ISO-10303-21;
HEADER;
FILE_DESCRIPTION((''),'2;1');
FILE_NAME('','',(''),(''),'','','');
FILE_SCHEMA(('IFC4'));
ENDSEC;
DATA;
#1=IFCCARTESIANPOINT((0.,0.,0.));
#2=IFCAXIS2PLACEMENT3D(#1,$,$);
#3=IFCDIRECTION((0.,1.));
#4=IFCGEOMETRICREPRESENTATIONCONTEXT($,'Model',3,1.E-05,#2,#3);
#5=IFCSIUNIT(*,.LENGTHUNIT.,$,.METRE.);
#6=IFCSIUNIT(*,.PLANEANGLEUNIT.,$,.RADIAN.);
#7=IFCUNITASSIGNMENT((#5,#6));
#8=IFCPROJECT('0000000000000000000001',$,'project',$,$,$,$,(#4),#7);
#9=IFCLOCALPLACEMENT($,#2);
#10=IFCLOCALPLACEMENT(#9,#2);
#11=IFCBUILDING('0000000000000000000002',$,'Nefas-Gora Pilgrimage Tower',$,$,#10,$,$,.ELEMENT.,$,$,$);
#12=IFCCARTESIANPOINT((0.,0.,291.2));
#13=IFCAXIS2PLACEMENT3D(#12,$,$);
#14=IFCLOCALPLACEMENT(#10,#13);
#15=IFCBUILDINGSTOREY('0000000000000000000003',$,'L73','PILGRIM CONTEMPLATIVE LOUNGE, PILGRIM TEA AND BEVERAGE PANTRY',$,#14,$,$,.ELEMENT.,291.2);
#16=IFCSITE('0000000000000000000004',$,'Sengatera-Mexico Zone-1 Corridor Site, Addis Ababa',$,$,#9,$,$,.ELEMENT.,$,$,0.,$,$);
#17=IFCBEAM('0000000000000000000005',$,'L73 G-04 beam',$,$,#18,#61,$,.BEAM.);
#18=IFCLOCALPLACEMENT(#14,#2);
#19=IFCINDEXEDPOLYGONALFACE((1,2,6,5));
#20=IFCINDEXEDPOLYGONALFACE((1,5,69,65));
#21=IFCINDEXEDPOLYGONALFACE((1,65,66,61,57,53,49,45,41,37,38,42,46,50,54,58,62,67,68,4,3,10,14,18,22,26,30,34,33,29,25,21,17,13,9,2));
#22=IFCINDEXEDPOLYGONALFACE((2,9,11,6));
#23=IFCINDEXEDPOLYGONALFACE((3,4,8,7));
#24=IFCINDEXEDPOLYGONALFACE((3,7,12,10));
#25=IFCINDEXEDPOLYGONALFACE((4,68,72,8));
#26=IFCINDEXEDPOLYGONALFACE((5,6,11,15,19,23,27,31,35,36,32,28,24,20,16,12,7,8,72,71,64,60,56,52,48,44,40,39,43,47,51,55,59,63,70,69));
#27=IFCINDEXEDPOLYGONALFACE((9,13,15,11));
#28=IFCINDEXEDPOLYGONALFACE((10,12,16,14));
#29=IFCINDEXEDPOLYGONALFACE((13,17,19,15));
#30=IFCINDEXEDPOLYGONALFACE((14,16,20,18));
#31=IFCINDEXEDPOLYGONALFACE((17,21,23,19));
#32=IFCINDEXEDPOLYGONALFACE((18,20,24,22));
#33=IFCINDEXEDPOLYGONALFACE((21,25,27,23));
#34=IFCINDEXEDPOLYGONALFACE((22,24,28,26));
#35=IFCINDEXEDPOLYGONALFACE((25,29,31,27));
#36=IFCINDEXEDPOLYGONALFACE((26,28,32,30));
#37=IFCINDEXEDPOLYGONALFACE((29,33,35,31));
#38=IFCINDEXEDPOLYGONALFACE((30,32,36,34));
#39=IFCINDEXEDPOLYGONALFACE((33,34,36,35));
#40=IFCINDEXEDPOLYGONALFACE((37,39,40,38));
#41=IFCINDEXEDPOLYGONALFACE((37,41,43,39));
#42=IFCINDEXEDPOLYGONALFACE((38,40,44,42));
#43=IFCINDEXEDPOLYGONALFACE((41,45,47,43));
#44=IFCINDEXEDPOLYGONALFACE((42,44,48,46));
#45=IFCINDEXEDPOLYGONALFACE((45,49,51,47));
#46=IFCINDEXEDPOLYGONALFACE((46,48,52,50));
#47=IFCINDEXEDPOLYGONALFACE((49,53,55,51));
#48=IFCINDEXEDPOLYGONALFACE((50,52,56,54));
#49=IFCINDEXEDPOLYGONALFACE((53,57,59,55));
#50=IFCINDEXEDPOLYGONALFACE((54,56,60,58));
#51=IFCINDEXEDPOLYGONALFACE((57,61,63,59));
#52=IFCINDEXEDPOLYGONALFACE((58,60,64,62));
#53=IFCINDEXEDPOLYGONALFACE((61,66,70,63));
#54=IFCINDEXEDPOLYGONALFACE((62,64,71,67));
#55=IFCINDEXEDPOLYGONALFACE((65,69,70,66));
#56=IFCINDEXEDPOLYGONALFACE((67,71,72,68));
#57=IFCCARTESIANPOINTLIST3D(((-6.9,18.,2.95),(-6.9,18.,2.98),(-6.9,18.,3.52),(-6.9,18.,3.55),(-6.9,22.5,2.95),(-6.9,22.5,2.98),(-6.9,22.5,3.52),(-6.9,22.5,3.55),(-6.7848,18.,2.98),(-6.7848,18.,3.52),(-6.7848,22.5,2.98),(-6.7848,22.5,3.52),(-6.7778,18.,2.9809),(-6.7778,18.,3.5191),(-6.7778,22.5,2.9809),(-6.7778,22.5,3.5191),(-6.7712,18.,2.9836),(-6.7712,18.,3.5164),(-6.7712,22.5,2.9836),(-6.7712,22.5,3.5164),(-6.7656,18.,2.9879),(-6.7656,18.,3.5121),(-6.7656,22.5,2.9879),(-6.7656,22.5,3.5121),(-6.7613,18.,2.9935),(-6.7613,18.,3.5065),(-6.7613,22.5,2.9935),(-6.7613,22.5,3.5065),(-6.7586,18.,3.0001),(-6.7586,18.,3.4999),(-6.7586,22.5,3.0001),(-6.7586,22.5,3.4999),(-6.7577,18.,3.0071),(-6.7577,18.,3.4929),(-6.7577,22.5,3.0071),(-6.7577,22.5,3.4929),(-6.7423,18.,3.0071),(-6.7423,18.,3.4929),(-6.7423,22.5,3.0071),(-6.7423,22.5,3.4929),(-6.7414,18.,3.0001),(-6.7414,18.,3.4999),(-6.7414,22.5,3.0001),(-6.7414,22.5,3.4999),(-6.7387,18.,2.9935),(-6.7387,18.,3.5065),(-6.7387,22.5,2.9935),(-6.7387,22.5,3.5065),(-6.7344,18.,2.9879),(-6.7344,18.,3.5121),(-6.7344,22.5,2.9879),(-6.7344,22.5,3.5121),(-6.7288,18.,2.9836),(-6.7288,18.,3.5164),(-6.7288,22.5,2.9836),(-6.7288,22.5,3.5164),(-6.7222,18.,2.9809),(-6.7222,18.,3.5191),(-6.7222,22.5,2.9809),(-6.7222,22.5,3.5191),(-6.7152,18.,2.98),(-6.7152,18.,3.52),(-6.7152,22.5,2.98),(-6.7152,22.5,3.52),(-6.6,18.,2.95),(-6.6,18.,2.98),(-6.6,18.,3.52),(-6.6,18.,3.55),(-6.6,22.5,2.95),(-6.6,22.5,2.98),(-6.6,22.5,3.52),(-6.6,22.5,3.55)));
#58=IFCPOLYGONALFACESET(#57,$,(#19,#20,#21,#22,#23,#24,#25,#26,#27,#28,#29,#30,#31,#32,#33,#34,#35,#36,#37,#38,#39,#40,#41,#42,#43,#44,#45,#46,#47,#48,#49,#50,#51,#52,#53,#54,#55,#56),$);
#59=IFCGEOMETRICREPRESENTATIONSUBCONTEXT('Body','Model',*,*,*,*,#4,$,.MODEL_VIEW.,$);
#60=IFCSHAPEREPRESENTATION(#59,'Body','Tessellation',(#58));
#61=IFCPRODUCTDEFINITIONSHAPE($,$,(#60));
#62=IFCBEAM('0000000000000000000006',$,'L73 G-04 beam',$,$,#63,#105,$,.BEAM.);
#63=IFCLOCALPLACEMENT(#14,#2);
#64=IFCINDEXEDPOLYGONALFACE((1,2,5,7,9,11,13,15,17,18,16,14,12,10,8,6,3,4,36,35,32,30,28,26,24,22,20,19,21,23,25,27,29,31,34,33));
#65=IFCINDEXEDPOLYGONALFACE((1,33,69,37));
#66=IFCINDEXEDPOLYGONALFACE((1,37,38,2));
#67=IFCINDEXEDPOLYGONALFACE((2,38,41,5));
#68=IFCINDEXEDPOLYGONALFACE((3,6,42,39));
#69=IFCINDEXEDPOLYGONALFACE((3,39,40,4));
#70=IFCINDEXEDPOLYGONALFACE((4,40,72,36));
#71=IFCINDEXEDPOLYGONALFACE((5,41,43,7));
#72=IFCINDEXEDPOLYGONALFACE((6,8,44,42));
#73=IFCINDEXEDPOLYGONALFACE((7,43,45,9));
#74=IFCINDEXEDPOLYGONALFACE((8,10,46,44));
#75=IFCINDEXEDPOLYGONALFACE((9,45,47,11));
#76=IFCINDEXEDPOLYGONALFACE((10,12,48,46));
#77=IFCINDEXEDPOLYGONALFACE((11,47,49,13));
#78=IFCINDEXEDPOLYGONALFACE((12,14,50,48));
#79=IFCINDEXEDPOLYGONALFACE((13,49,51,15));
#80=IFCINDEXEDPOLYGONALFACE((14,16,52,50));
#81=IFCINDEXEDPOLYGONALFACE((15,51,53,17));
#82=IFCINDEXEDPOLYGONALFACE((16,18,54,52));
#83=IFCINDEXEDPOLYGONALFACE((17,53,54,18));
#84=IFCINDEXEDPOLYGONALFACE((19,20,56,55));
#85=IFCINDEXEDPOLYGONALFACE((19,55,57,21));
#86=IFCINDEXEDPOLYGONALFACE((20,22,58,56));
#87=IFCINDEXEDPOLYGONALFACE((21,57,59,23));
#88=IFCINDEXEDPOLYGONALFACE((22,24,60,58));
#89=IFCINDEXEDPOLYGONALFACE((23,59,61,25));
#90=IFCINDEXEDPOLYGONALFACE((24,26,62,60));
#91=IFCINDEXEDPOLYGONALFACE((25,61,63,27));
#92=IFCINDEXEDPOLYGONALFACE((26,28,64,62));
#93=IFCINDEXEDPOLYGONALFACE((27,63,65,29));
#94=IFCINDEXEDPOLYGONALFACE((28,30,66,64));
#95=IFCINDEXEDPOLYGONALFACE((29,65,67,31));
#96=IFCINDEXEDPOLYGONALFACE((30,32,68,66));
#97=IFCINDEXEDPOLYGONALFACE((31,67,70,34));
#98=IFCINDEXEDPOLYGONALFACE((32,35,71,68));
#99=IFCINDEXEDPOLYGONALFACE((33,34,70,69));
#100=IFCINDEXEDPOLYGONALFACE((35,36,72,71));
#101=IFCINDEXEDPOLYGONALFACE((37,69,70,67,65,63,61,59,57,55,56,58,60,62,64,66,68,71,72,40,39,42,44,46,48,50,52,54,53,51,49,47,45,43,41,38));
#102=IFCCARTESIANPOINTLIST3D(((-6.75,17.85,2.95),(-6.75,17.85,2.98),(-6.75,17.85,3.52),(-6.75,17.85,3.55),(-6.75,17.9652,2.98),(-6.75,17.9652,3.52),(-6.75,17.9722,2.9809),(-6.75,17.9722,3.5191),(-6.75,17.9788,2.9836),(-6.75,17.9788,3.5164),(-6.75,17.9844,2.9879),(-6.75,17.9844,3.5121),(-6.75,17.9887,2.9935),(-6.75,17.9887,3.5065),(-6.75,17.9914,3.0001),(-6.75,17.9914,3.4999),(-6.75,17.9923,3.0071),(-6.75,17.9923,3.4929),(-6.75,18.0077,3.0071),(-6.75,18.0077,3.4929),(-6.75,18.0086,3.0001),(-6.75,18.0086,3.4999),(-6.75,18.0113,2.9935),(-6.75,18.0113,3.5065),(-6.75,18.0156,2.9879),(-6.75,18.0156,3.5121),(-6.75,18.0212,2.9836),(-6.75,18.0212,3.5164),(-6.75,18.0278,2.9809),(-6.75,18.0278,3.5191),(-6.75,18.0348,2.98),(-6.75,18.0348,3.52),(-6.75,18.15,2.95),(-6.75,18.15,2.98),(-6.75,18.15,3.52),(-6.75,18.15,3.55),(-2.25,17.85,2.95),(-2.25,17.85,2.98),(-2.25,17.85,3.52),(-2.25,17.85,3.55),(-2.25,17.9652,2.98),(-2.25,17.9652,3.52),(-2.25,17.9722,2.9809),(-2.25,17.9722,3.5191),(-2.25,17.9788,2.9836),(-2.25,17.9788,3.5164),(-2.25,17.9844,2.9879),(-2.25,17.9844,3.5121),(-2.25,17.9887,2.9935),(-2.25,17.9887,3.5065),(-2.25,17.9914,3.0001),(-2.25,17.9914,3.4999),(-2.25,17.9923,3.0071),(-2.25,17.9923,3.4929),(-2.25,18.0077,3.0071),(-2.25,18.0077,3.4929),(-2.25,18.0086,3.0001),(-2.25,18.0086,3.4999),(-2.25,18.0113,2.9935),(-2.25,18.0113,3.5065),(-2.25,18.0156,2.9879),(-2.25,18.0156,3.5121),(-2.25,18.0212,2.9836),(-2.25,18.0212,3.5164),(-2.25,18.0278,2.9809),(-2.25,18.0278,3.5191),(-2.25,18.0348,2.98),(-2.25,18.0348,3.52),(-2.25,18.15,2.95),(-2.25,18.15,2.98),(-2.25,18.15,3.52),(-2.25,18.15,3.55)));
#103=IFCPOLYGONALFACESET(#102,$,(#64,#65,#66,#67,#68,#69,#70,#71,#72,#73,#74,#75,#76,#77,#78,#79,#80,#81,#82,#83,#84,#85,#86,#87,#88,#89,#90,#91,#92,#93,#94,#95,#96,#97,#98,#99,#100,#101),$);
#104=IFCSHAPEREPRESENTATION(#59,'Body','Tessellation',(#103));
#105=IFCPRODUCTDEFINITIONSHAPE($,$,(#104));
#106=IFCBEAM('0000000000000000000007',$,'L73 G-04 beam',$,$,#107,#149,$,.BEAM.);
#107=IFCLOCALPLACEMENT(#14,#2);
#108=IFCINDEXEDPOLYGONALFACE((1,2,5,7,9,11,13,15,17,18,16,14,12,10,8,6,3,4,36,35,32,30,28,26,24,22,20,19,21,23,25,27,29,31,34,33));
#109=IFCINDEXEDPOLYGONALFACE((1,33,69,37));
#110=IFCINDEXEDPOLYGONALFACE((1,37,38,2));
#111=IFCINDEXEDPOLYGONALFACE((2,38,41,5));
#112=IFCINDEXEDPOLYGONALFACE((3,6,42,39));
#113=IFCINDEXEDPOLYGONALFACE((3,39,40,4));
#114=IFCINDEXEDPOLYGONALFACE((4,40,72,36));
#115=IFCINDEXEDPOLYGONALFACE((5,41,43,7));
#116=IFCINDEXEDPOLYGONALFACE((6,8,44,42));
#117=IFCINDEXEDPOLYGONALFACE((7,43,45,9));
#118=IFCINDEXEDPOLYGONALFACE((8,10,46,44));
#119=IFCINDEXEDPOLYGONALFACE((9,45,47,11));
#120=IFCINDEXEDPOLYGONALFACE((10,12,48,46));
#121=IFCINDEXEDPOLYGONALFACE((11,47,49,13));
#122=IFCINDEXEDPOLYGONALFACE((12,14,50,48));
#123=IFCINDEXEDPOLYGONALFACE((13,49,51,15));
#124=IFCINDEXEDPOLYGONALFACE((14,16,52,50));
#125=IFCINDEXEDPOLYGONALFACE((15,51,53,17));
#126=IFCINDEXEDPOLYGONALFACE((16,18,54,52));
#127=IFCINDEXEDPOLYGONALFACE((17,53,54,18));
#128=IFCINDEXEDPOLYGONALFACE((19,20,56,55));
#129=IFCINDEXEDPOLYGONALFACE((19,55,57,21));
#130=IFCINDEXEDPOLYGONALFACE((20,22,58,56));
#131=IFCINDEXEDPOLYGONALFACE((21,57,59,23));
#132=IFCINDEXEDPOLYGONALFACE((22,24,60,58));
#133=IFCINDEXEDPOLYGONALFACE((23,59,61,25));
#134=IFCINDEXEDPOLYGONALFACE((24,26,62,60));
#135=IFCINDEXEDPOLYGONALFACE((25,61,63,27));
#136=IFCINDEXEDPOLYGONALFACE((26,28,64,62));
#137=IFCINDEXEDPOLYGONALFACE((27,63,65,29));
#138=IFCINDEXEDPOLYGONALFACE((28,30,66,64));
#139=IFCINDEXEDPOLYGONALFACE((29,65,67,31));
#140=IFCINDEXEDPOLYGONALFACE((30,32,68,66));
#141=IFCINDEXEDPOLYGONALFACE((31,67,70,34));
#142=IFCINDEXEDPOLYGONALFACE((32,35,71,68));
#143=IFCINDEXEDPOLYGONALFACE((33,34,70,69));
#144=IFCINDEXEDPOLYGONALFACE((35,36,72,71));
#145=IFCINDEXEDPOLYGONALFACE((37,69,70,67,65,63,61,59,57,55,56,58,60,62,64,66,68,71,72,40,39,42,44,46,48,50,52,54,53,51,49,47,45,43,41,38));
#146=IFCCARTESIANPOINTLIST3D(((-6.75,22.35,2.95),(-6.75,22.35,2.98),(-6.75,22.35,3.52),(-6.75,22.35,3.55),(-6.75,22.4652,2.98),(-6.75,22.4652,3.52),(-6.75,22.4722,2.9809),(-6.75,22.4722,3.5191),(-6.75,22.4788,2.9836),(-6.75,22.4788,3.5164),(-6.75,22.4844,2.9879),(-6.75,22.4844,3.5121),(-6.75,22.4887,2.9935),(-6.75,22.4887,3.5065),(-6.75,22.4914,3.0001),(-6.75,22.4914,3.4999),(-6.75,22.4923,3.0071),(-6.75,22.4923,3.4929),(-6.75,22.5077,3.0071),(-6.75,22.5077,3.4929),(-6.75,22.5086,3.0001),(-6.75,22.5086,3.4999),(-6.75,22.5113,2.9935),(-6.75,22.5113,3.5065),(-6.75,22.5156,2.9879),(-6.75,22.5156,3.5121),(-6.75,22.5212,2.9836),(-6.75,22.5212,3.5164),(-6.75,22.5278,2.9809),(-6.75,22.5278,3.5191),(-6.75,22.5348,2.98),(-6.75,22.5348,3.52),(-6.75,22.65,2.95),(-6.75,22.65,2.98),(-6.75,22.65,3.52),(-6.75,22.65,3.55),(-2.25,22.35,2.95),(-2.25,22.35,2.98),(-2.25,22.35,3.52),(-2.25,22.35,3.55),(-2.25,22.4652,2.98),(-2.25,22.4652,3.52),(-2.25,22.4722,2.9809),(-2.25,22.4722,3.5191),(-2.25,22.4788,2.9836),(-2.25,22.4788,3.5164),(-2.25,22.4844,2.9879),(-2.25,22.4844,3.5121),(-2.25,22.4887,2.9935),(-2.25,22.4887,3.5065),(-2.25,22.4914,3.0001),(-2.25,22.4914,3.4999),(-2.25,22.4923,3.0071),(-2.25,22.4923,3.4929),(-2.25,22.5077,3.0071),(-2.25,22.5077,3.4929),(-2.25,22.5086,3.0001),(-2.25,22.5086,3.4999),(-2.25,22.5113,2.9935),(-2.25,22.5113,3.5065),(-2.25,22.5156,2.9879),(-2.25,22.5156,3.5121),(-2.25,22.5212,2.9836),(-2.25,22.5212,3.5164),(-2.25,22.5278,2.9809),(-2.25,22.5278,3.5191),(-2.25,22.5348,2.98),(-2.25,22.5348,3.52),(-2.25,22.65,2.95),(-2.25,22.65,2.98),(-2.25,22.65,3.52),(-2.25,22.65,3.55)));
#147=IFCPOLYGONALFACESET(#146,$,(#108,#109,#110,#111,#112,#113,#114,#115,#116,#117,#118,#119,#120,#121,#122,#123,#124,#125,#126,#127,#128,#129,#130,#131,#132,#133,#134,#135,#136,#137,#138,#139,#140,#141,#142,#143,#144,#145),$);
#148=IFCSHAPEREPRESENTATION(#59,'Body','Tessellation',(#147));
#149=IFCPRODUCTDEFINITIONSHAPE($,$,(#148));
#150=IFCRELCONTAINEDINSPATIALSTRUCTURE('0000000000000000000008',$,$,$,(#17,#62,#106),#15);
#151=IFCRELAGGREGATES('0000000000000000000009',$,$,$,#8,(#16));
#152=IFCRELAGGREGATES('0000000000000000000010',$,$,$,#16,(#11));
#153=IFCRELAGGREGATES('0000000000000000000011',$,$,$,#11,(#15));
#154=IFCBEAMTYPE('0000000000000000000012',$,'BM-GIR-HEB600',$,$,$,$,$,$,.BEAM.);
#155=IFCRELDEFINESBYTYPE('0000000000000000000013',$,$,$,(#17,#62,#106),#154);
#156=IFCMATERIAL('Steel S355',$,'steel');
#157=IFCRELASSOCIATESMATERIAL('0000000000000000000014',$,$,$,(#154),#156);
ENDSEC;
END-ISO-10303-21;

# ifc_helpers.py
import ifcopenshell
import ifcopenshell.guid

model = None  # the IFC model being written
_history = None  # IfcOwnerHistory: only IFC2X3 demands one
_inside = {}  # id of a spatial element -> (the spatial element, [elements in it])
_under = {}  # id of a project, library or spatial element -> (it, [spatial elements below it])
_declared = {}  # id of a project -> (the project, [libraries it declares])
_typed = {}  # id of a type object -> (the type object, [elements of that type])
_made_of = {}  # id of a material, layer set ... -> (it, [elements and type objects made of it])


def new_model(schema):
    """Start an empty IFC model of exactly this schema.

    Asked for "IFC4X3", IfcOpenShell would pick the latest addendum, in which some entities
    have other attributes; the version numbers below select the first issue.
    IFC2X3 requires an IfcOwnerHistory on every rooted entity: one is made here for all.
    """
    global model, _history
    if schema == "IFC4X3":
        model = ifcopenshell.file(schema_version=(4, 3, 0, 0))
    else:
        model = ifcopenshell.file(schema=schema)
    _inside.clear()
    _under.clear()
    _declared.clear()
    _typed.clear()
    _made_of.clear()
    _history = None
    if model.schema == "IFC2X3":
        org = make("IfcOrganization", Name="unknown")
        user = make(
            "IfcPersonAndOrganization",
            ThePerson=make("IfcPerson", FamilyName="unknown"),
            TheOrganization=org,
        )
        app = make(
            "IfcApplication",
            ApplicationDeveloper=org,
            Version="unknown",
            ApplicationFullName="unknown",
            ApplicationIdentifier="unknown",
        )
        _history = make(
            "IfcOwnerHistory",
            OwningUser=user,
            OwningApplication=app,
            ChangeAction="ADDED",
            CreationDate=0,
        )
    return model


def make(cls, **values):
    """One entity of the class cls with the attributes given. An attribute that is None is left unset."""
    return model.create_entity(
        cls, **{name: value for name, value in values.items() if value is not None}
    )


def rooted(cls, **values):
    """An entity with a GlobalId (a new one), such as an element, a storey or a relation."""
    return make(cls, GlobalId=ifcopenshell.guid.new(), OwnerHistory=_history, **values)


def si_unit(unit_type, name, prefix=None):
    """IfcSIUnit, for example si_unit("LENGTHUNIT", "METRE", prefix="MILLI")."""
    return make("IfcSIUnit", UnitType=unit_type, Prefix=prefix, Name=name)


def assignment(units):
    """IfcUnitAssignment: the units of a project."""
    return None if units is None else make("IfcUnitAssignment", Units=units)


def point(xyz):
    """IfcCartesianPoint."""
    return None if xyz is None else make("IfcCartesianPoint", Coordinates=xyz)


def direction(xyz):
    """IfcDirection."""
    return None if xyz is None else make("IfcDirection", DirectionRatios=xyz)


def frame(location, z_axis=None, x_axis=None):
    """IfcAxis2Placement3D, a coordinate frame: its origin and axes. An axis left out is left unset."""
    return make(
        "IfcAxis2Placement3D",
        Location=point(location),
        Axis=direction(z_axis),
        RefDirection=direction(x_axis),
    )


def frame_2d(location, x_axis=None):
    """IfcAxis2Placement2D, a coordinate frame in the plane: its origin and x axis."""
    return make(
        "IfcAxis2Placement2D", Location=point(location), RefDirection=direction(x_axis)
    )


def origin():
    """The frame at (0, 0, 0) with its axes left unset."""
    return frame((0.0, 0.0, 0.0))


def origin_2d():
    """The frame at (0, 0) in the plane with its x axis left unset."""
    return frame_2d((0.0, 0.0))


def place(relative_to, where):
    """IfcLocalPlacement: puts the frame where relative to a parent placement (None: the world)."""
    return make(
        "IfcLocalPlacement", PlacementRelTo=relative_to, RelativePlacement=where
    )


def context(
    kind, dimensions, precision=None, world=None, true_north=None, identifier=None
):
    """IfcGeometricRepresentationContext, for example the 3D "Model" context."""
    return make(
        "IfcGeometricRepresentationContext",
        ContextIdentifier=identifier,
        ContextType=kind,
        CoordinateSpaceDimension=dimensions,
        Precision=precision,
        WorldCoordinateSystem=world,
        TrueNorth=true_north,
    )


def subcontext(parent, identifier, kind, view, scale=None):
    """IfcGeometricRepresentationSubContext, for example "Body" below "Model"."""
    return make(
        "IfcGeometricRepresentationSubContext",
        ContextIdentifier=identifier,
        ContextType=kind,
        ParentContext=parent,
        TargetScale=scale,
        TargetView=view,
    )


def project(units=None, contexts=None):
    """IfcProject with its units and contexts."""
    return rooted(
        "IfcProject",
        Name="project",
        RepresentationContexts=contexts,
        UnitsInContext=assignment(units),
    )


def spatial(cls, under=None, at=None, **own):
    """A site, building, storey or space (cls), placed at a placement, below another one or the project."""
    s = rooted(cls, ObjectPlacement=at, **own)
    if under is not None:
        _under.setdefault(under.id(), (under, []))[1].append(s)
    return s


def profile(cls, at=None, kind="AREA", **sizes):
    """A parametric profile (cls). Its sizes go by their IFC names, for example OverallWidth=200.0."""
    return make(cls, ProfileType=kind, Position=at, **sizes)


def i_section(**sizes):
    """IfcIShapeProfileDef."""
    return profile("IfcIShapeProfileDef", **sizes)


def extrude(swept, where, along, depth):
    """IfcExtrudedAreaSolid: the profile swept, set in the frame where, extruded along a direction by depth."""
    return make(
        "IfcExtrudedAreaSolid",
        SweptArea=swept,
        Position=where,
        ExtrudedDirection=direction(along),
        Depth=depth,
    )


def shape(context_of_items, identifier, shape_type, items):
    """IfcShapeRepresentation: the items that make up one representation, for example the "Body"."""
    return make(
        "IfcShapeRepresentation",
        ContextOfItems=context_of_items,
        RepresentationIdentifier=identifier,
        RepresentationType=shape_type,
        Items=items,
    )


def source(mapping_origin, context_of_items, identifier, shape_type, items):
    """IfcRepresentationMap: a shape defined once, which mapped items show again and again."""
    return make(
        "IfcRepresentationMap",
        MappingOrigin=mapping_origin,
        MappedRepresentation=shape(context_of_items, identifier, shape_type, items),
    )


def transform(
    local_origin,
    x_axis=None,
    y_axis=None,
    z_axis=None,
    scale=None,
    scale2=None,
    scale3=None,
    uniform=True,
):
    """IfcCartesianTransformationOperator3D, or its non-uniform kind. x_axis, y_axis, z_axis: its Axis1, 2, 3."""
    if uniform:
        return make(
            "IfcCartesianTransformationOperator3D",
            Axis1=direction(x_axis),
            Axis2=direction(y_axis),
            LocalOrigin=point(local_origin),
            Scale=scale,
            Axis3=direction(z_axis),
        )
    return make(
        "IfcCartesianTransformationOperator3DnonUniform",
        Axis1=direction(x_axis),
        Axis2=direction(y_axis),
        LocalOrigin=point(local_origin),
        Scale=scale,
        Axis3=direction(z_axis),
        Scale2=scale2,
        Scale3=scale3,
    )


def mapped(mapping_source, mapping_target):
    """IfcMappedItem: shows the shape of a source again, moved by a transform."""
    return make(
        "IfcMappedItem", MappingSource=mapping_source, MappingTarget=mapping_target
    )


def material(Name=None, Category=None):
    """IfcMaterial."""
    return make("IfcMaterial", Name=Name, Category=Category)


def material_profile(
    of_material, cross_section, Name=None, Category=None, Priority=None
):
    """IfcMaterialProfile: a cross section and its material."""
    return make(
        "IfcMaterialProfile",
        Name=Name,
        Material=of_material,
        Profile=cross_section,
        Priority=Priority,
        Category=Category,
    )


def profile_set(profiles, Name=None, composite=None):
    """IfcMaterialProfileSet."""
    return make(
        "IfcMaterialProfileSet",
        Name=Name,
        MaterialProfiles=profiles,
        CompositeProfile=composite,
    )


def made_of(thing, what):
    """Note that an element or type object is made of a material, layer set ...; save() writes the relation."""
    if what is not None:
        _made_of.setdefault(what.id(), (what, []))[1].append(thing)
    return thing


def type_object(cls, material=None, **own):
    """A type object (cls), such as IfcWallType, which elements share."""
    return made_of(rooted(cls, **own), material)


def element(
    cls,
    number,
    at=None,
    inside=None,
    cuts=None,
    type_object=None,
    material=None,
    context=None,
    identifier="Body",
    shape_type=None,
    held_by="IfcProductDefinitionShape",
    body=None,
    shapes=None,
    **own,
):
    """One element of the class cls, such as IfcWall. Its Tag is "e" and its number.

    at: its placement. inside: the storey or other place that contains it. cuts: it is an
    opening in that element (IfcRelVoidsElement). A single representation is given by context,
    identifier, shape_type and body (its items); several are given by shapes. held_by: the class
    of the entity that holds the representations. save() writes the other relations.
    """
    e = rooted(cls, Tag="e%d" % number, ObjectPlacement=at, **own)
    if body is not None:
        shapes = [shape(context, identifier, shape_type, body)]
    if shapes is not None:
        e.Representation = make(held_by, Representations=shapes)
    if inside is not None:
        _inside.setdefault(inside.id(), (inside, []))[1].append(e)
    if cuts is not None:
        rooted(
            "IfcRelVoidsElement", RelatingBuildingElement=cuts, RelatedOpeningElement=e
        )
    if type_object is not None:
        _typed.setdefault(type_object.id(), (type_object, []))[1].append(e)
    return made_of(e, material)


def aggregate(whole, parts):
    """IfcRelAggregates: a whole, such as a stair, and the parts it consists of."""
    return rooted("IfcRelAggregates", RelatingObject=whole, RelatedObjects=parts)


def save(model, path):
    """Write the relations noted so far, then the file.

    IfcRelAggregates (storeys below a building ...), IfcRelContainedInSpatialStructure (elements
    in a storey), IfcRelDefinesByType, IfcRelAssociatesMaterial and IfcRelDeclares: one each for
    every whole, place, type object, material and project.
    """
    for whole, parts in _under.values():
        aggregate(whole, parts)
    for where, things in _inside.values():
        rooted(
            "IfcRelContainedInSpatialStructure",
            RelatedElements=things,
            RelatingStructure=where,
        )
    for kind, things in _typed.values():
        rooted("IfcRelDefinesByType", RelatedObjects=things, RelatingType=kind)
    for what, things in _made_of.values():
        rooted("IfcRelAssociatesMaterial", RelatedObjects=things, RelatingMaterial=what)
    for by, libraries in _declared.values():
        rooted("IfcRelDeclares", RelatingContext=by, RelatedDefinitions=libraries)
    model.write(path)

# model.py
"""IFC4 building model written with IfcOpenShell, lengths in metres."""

from ifc_helpers import new_model, si_unit, direction, frame, origin, origin_2d, place, context, subcontext, project, spatial, i_section, extrude, source, transform, mapped, material, material_profile, profile_set, type_object, element, save


model = new_model("IFC4")

# Units and contexts
model_context = context("Model", 3, precision=1e-05, world=origin(), true_north=direction((0.0, 1.0)))
body_context = subcontext(model_context, "Body", "Model", "MODEL_VIEW")
ifc_project = project(units=[si_unit("LENGTHUNIT", "METRE"), si_unit("PLANEANGLEUNIT", "RADIAN")], contexts=[model_context])

# Site, building, storey
site_placement = place(None, origin())
site = spatial("IfcSite", under=ifc_project, at=site_placement, Name="Sengatera-Mexico Zone-1 Corridor Site, Addis Ababa", CompositionType="ELEMENT", RefElevation=0.0)
building_placement = place(site_placement, origin())
building = spatial("IfcBuilding", under=site, at=building_placement, Name="Nefas-Gora Pilgrimage Tower", CompositionType="ELEMENT")
storey_placement = place(building_placement, frame((0.0, 0.0, 291.2)))
storey = spatial("IfcBuildingStorey", under=building, at=storey_placement, Name="L73", Description="PILGRIM CONTEMPLATIVE LOUNGE, PILGRIM TEA AND BEVERAGE PANTRY", CompositionType="ELEMENT", Elevation=291.2)

# Shared definitions
ifc_material_1 = material(Name="Steel S355", Category="steel")

# Beams
ifc_material_profile_1 = material_profile(ifc_material_1, i_section(OverallWidth=0.3, OverallDepth=0.6001, WebThickness=0.0154, FlangeThickness=0.03, FilletRadius=0.0271, at=origin_2d()), Name="HEB 600")
ifc_profile_set_1 = profile_set([ifc_material_profile_1], Name="Steel S355")
beam_type = type_object("IfcBeamType", Name="BM-GIR-HEB600", PredefinedType="BEAM", material=ifc_profile_set_1)
shared_shape_1 = source(origin(), body_context, "Body", "SweptSolid", [
    extrude(i_section(OverallWidth=0.3, OverallDepth=0.6001, WebThickness=0.0154, FlangeThickness=0.03, FilletRadius=0.0271, at=origin_2d()), origin(), (0.0, 0.0, 1.0), 4.5),
])
for number, where, z_axis, x_axis, name in (
    (1, (-6.75, 18.0, 3.25), (0.0, 1.0, 0.0), (-1.0, 0.0, 0.0), "L73 G-04 beam"),
    (2, (-6.75, 18.0, 3.25), (1.0, 0.0, 0.0), (0.0, 1.0, 0.0), "L73 G-04 beam"),
    (3, (-6.75, 22.5, 3.25), (1.0, 0.0, 0.0), (0.0, 1.0, 0.0), "L73 G-04 beam"),
):
    element("IfcBeam", number, at=place(storey_placement, frame(where, z_axis=z_axis, x_axis=x_axis)), inside=storey, type_object=beam_type, Name=name, PredefinedType="BEAM", context=body_context, shape_type="MappedRepresentation", body=[
        mapped(shared_shape_1, transform((0.0, 0.0, 0.0), x_axis=(1.0, 0.0, 0.0), y_axis=(0.0, 1.0, 0.0), z_axis=(0.0, 0.0, 1.0), scale=1.0)),
    ])

save(model, "model.ifc")
